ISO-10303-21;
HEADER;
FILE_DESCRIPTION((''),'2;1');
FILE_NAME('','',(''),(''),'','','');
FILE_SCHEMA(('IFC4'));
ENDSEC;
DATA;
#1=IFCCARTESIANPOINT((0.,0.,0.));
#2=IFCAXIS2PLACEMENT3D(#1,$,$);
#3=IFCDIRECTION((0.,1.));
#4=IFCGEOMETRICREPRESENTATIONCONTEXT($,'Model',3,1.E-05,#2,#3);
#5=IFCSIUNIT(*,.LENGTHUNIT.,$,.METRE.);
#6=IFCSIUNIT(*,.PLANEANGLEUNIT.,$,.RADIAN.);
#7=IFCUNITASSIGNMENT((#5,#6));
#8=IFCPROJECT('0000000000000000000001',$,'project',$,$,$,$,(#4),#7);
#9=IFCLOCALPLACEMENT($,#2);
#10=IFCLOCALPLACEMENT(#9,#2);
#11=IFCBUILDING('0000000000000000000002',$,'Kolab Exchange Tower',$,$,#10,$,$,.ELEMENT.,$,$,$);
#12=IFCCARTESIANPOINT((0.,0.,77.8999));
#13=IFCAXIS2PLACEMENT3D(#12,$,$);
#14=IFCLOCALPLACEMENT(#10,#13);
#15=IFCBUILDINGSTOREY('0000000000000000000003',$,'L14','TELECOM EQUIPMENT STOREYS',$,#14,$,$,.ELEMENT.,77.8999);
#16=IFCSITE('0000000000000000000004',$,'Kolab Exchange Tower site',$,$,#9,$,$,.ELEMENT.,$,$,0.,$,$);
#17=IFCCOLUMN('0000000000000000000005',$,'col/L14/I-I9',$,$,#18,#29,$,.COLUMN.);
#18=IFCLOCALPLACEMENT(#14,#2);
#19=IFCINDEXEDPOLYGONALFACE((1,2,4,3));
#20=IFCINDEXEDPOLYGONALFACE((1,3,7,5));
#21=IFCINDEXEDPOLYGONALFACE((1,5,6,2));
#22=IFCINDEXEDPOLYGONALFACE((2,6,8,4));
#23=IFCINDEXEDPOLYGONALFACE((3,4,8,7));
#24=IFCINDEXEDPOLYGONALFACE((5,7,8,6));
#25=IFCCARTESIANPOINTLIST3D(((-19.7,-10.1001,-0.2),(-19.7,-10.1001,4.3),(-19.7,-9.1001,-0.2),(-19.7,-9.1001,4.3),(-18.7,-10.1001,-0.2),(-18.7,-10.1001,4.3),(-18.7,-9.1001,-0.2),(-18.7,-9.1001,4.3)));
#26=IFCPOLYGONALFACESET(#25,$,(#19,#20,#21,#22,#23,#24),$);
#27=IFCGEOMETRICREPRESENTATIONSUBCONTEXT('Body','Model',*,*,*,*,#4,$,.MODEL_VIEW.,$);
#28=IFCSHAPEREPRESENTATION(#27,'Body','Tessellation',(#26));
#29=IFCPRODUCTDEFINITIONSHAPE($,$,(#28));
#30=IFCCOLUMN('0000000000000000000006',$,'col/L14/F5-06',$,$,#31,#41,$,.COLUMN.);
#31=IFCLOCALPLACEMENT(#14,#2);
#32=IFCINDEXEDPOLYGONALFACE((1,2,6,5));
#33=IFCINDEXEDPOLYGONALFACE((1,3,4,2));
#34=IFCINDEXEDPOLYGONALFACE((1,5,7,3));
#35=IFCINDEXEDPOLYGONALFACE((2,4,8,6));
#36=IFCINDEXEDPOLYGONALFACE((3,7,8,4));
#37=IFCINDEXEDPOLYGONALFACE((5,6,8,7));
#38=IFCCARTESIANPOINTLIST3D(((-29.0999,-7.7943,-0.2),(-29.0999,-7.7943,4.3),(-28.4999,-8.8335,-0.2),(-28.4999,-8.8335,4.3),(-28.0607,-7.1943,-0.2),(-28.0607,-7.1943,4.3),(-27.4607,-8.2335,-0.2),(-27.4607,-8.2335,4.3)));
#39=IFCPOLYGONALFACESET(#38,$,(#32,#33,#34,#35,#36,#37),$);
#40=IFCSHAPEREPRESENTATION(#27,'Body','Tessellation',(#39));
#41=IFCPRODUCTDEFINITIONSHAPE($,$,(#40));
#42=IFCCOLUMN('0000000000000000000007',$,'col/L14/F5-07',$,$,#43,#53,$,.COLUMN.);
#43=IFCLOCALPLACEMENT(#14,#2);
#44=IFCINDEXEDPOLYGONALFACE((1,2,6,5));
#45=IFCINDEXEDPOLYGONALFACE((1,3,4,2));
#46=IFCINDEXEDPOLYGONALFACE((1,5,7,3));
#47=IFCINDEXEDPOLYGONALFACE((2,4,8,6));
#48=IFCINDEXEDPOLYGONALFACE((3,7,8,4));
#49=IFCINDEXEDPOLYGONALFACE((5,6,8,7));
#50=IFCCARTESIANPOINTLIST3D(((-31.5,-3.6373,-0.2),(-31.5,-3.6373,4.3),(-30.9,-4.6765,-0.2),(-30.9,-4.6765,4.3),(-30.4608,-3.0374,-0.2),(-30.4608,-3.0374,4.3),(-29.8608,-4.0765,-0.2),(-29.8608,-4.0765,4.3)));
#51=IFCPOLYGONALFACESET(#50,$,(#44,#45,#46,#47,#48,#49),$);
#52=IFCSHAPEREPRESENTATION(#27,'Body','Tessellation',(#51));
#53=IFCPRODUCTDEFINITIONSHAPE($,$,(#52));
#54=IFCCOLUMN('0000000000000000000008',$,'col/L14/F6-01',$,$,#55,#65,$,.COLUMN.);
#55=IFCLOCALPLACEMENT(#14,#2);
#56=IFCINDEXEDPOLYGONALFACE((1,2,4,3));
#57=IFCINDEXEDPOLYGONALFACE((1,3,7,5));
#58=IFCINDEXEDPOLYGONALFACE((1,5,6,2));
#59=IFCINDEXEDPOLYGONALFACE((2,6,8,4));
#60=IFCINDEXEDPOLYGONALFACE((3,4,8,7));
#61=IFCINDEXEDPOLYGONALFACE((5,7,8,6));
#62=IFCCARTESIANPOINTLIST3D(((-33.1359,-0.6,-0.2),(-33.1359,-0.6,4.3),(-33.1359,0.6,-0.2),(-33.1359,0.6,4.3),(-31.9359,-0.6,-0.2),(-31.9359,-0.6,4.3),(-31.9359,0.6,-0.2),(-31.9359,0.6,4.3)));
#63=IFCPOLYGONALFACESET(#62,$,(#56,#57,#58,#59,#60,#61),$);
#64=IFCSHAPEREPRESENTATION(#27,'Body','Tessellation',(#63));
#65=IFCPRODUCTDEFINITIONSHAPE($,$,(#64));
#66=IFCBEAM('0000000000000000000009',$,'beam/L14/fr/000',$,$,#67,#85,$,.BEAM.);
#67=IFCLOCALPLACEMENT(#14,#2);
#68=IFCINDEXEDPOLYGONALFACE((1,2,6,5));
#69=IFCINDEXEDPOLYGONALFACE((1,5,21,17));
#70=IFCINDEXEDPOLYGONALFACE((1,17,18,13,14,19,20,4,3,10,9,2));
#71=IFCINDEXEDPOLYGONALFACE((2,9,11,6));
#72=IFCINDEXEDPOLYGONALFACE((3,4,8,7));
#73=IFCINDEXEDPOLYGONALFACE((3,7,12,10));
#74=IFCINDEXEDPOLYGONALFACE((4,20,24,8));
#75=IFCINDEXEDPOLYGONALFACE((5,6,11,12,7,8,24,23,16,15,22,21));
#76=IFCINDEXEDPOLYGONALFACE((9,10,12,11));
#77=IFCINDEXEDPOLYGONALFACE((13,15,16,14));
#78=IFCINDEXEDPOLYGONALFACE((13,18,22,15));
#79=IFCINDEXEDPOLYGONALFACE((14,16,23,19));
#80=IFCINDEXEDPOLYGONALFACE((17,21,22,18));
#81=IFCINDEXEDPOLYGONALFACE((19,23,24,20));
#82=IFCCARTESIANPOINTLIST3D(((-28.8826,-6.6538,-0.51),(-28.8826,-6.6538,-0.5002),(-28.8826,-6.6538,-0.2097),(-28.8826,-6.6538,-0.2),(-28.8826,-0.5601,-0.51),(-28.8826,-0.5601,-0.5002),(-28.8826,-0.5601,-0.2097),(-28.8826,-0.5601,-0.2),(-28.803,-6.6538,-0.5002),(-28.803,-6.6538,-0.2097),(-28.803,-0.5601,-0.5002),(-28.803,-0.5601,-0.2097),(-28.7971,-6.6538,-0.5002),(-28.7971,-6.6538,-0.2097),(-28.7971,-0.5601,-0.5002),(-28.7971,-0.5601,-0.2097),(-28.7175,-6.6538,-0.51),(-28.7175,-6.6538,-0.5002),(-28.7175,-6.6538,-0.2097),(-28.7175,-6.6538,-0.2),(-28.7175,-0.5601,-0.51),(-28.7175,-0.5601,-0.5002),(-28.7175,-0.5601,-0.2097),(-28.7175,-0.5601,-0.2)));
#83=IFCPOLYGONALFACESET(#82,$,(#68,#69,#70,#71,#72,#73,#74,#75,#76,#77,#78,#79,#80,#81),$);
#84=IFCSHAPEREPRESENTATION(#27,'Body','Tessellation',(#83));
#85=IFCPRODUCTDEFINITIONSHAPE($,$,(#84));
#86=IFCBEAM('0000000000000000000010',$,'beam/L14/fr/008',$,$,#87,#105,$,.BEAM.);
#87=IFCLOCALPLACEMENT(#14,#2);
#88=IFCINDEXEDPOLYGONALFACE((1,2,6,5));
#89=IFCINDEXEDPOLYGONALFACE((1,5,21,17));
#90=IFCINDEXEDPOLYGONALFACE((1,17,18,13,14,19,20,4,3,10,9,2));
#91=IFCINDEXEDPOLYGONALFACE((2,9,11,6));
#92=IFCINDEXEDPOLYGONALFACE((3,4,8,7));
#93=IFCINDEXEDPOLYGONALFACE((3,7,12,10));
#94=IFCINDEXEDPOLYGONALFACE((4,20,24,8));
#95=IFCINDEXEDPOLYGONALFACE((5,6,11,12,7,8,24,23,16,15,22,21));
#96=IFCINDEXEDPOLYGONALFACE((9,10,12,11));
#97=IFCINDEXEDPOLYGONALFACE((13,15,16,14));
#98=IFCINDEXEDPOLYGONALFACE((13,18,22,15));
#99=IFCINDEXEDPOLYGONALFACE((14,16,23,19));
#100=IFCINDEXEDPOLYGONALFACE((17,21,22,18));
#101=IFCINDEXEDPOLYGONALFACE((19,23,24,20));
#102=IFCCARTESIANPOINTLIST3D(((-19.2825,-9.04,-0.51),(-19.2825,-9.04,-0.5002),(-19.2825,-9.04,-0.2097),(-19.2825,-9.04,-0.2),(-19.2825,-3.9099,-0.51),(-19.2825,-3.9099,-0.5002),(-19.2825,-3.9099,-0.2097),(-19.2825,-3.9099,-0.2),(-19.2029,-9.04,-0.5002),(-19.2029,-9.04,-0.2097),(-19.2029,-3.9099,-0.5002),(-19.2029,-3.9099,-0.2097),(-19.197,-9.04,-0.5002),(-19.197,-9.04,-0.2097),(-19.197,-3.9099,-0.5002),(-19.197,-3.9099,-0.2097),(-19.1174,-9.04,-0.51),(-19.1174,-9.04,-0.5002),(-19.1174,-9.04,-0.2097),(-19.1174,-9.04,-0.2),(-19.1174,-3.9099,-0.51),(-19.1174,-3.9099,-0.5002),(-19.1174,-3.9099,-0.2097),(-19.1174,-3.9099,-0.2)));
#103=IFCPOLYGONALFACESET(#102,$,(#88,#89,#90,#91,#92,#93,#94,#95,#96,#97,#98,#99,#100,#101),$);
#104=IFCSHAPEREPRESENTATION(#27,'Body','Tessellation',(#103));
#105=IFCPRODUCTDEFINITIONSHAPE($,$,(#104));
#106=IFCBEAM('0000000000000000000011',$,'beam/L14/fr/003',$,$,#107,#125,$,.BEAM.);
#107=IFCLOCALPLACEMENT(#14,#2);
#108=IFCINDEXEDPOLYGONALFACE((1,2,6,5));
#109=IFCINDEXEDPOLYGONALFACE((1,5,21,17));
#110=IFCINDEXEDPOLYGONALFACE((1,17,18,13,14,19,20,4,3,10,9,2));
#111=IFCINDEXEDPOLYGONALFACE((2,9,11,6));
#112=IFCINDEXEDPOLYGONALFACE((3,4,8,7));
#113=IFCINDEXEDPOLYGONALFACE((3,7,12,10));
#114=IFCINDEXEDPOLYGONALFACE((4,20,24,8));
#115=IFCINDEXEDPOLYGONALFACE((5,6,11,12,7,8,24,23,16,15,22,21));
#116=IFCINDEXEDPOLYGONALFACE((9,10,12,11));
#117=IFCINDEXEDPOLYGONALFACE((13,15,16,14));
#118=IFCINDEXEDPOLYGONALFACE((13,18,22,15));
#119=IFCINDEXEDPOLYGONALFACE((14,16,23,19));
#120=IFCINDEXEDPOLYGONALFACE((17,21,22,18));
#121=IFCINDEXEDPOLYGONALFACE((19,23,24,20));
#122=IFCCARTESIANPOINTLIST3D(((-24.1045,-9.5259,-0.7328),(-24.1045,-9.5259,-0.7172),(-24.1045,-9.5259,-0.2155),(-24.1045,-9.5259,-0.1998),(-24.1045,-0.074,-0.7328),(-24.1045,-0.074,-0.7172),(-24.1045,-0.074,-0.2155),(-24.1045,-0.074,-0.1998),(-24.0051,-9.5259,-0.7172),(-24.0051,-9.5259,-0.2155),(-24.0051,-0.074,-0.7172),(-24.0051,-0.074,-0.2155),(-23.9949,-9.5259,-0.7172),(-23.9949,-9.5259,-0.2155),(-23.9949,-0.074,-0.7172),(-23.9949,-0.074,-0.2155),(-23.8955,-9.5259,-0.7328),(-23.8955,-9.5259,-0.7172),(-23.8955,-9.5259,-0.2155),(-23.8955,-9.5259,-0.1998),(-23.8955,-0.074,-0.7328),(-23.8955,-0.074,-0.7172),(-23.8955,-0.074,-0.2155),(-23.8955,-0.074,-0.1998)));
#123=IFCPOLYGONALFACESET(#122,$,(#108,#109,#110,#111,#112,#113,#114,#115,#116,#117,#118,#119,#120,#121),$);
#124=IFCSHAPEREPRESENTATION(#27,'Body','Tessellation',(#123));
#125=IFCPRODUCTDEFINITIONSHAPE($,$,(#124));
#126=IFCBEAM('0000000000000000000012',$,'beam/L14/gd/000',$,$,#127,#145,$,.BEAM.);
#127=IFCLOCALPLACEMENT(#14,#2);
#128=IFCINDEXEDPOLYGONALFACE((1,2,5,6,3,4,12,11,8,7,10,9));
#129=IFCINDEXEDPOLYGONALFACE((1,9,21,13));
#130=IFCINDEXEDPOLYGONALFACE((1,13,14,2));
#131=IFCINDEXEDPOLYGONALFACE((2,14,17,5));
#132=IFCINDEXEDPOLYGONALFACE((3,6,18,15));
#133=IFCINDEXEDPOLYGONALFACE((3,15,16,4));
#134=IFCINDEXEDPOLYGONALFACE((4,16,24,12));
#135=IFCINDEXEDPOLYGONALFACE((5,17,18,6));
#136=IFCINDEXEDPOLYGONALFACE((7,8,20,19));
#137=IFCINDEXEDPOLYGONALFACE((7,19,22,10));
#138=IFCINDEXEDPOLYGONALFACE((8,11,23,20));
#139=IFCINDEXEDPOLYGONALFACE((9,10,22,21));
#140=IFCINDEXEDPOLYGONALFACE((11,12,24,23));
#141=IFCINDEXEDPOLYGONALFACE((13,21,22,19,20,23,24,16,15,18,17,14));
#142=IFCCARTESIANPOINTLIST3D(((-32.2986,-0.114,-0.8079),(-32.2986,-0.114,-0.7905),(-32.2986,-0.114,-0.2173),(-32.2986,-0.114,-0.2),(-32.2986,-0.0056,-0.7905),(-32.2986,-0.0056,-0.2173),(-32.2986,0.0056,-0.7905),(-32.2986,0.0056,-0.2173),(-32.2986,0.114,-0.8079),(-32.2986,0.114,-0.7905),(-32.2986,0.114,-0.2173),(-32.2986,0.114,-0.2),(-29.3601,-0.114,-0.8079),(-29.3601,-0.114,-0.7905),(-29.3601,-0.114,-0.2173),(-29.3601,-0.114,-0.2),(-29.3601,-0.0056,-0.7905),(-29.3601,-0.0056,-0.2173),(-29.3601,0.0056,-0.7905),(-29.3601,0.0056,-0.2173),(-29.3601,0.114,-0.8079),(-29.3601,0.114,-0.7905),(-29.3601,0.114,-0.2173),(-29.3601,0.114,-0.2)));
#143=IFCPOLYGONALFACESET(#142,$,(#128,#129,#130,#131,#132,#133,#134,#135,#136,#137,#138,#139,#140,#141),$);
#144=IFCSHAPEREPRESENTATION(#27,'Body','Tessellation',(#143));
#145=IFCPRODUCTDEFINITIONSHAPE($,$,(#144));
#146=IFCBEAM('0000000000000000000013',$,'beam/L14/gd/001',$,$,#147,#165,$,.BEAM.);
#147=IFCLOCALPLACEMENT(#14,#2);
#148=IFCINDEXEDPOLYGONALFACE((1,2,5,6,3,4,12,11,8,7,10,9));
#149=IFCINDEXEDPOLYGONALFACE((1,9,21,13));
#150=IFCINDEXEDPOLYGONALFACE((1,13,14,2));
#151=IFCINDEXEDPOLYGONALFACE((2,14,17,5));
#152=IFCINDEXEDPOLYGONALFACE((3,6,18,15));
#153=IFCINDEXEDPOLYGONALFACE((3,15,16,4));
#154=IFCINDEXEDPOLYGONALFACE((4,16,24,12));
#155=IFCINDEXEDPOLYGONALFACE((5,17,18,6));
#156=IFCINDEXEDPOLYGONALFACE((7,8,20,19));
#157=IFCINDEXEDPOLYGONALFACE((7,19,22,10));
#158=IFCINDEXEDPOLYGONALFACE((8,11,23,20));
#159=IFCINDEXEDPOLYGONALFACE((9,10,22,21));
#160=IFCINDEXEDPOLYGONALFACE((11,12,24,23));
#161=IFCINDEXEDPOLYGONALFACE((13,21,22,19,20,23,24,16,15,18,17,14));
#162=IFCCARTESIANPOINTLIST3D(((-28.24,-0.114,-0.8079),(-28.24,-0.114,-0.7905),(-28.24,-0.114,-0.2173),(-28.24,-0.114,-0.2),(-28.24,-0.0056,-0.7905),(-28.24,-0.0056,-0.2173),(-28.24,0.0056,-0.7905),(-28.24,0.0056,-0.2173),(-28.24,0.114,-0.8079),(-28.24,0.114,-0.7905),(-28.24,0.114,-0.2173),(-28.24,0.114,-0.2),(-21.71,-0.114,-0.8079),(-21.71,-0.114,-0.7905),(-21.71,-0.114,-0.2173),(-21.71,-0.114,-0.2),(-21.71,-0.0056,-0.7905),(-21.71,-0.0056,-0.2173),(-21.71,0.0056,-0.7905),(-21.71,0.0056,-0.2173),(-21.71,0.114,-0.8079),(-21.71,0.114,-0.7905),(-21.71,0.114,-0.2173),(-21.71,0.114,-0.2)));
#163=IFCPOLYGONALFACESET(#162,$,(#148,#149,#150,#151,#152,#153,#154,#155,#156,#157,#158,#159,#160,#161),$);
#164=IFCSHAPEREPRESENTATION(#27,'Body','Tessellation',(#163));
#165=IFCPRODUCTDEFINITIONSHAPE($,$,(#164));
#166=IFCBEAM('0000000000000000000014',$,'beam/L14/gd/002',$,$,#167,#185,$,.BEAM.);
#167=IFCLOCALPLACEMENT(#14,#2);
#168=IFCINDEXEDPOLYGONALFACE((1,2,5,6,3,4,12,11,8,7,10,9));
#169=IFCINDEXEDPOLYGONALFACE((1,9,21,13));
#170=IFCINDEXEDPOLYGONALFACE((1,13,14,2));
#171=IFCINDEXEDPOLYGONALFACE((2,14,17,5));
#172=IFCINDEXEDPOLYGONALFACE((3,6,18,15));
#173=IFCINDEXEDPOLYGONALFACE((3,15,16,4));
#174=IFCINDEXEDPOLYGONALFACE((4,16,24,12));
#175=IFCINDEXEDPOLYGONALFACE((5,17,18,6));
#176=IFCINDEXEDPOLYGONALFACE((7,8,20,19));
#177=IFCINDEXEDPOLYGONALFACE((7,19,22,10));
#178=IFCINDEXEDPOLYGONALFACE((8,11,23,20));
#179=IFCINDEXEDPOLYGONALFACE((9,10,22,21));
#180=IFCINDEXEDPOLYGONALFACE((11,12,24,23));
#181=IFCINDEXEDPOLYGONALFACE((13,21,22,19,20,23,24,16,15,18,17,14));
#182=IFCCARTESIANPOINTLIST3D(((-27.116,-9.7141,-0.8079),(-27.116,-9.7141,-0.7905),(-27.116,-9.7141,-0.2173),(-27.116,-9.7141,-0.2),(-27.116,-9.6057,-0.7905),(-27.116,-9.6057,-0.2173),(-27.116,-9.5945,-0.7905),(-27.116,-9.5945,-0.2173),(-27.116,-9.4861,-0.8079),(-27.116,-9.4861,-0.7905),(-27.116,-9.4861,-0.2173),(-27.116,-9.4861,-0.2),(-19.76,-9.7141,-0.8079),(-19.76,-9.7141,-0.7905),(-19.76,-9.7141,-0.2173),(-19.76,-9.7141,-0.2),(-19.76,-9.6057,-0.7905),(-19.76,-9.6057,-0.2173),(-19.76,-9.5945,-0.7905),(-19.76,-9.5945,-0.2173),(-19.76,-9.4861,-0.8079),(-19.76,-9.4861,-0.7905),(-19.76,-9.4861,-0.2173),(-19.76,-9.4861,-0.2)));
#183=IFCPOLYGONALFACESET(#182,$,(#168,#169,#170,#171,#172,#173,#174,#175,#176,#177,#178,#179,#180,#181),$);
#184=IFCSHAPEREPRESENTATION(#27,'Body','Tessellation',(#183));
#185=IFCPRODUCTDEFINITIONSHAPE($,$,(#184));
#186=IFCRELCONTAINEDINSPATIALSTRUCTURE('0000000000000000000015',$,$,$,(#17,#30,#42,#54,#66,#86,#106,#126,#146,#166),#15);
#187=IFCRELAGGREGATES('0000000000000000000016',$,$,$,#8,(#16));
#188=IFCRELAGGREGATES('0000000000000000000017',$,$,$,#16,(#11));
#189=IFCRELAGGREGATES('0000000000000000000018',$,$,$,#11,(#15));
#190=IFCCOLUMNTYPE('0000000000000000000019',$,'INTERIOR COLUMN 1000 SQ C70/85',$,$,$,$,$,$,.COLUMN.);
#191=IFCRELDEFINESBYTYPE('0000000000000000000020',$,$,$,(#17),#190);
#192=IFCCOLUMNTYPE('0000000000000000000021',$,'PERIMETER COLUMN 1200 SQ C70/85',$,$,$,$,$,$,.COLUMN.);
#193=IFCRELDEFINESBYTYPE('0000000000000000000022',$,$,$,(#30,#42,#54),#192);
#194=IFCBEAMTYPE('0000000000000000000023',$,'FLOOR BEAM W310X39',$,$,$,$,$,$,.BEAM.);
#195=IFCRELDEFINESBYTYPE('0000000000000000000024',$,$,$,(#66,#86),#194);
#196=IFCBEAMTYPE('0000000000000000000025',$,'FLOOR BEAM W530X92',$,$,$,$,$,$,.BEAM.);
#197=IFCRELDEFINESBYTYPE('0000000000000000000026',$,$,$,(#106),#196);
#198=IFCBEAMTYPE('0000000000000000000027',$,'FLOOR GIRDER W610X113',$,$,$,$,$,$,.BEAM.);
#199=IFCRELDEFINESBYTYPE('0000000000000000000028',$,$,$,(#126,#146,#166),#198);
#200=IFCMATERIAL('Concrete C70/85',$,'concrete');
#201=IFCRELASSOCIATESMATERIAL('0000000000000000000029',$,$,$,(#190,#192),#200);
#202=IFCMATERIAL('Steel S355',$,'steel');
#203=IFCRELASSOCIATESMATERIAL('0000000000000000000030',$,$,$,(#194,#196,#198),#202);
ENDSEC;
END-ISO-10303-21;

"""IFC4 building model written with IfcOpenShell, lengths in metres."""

from ifc_helpers import new_model, si_unit, direction, frame, origin, origin_2d, place, context, subcontext, project, spatial, rectangle, i_section, extrude, material, material_profile, profile_set, type_object, element, save


model = new_model("IFC4")

# Units and contexts
model_context = context("Model", 3, precision=1e-05, world=origin(), true_north=direction((0.0, 1.0)))
body_context = subcontext(model_context, "Body", "Model", "MODEL_VIEW")
ifc_project = project(units=[si_unit("LENGTHUNIT", "METRE"), si_unit("PLANEANGLEUNIT", "RADIAN")], contexts=[model_context])

# Site, building, storey
site_placement = place(None, origin())
site = spatial("IfcSite", under=ifc_project, at=site_placement, Name="Kolab Exchange Tower site", CompositionType="ELEMENT", RefElevation=0.0)
building_placement = place(site_placement, origin())
building = spatial("IfcBuilding", under=site, at=building_placement, Name="Kolab Exchange Tower", CompositionType="ELEMENT")
storey_placement = place(building_placement, frame((0.0, 0.0, 77.8999)))
storey = spatial("IfcBuildingStorey", under=building, at=storey_placement, Name="L14", Description="TELECOM EQUIPMENT STOREYS", CompositionType="ELEMENT", Elevation=77.8999)

# Columns
ifc_material_1 = material(Name="Concrete C70/85", Category="concrete")
ifc_material_profile_1 = material_profile(ifc_material_1, rectangle(XDim=1.0, YDim=1.0, at=origin_2d()), Name="RC1000")
ifc_profile_set_1 = profile_set([ifc_material_profile_1], Name="Concrete C70/85")
column_type_1 = type_object("IfcColumnType", Name="INTERIOR COLUMN 1000 SQ C70/85", PredefinedType="COLUMN", material=ifc_profile_set_1)
column_placement = place(storey_placement, frame((-19.2, -9.6001, -0.2), z_axis=(0.0, 0.0, 1.0), x_axis=(1.0, 0.0, 0.0)))
element("IfcColumn", 1, at=column_placement, inside=storey, type_object=column_type_1, Name="col/L14/I-I9", PredefinedType="COLUMN", context=body_context, shape_type="SweptSolid", body=[
    extrude(rectangle(XDim=1.0, YDim=1.0, at=origin_2d()), origin(), (0.0, 0.0, 1.0), 4.5),
])
ifc_material_profile_2 = material_profile(ifc_material_1, rectangle(XDim=1.2, YDim=1.2, at=origin_2d()), Name="RC1200")
ifc_profile_set_2 = profile_set([ifc_material_profile_2], Name="Concrete C70/85")
column_type_2 = type_object("IfcColumnType", Name="PERIMETER COLUMN 1200 SQ C70/85", PredefinedType="COLUMN", material=ifc_profile_set_2)
for number, where, z_axis, x_axis, name in (
    (2, (-28.2803, -8.0139, -0.2), (0.0, 0.0, 1.0), (0.866025, 0.5, 0.0), "col/L14/F5-06"),
    (3, (-30.6804, -3.8569, -0.2), (0.0, 0.0, 1.0), (0.866025, 0.5, 0.0), "col/L14/F5-07"),
    (4, (-32.5359, 0.0, -0.2), (0.0, 0.0, 1.0), (1.0, 0.0, 0.0), "col/L14/F6-01"),
):
    element("IfcColumn", number, at=place(storey_placement, frame(where, z_axis=z_axis, x_axis=x_axis)), inside=storey, type_object=column_type_2, Name=name, PredefinedType="COLUMN", context=body_context, shape_type="SweptSolid", body=[
        extrude(rectangle(XDim=1.2, YDim=1.2, at=origin_2d()), origin(), (0.0, 0.0, 1.0), 4.5),
    ])

# Beams
ifc_material_2 = material(Name="Steel S355", Category="steel")
ifc_material_profile_3 = material_profile(ifc_material_2, i_section(OverallWidth=0.165, OverallDepth=0.3101, WebThickness=0.0059, FlangeThickness=0.0098, at=origin_2d()), Name="W310X39")
ifc_profile_set_3 = profile_set([ifc_material_profile_3], Name="Steel S355")
beam_type_1 = type_object("IfcBeamType", Name="FLOOR BEAM W310X39", PredefinedType="BEAM", material=ifc_profile_set_3)
beam_1_placement = place(storey_placement, frame((-28.8, -6.6538, -0.355), z_axis=(0.0, 1.0, 0.0), x_axis=(-1.0, 0.0, 0.0)))
element("IfcBeam", 5, at=beam_1_placement, inside=storey, type_object=beam_type_1, Name="beam/L14/fr/000", PredefinedType="BEAM", context=body_context, shape_type="SweptSolid", body=[
    extrude(i_section(OverallWidth=0.165, OverallDepth=0.3101, WebThickness=0.0059, FlangeThickness=0.0098, at=origin_2d()), origin(), (0.0, 0.0, 1.0), 6.0938),
])
beam_2_placement = place(storey_placement, frame((-19.2, -9.04, -0.355), z_axis=(0.0, 1.0, 0.0), x_axis=(-1.0, 0.0, 0.0)))
element("IfcBeam", 6, at=beam_2_placement, inside=storey, type_object=beam_type_1, Name="beam/L14/fr/008", PredefinedType="BEAM", context=body_context, shape_type="SweptSolid", body=[
    extrude(i_section(OverallWidth=0.165, OverallDepth=0.3101, WebThickness=0.0059, FlangeThickness=0.0098, at=origin_2d()), origin(), (0.0, 0.0, 1.0), 5.1301),
])
ifc_material_profile_4 = material_profile(ifc_material_2, i_section(OverallWidth=0.209, OverallDepth=0.533, WebThickness=0.0103, FlangeThickness=0.0156, at=origin_2d()), Name="W530X92")
ifc_profile_set_4 = profile_set([ifc_material_profile_4], Name="Steel S355")
beam_type_2 = type_object("IfcBeamType", Name="FLOOR BEAM W530X92", PredefinedType="BEAM", material=ifc_profile_set_4)
beam_3_placement = place(storey_placement, frame((-24.0, -9.5259, -0.4663), z_axis=(0.0, 1.0, 0.0), x_axis=(-1.0, 0.0, 0.0)))
element("IfcBeam", 7, at=beam_3_placement, inside=storey, type_object=beam_type_2, Name="beam/L14/fr/003", PredefinedType="BEAM", context=body_context, shape_type="SweptSolid", body=[
    extrude(i_section(OverallWidth=0.209, OverallDepth=0.533, WebThickness=0.0103, FlangeThickness=0.0156, at=origin_2d()), origin(), (0.0, 0.0, 1.0), 9.4519),
])
ifc_material_profile_5 = material_profile(ifc_material_2, i_section(OverallWidth=0.228, OverallDepth=0.6079, WebThickness=0.0112, FlangeThickness=0.0173, at=origin_2d()), Name="W610X113")
ifc_profile_set_5 = profile_set([ifc_material_profile_5], Name="Steel S355")
beam_type_3 = type_object("IfcBeamType", Name="FLOOR GIRDER W610X113", PredefinedType="BEAM", material=ifc_profile_set_5)
beam_4_placement = place(storey_placement, frame((-32.2986, 0.0, -0.5039), z_axis=(1.0, 0.0, 0.0), x_axis=(0.0, 1.0, 0.0)))
element("IfcBeam", 8, at=beam_4_placement, inside=storey, type_object=beam_type_3, Name="beam/L14/gd/000", PredefinedType="BEAM", context=body_context, shape_type="SweptSolid", body=[
    extrude(i_section(OverallWidth=0.228, OverallDepth=0.6079, WebThickness=0.0112, FlangeThickness=0.0173, at=origin_2d()), origin(), (0.0, 0.0, 1.0), 2.9385),
])
beam_5_placement = place(storey_placement, frame((-28.24, 0.0, -0.5039), z_axis=(1.0, 0.0, 0.0), x_axis=(0.0, 1.0, 0.0)))
element("IfcBeam", 9, at=beam_5_placement, inside=storey, type_object=beam_type_3, Name="beam/L14/gd/001", PredefinedType="BEAM", context=body_context, shape_type="SweptSolid", body=[
    extrude(i_section(OverallWidth=0.228, OverallDepth=0.6079, WebThickness=0.0112, FlangeThickness=0.0173, at=origin_2d()), origin(), (0.0, 0.0, 1.0), 6.53),
])
beam_6_placement = place(storey_placement, frame((-27.116, -9.6001, -0.5039), z_axis=(1.0, 0.0, 0.0), x_axis=(0.0, 1.0, 0.0)))
element("IfcBeam", 10, at=beam_6_placement, inside=storey, type_object=beam_type_3, Name="beam/L14/gd/002", PredefinedType="BEAM", context=body_context, shape_type="SweptSolid", body=[
    extrude(i_section(OverallWidth=0.228, OverallDepth=0.6079, WebThickness=0.0112, FlangeThickness=0.0173, at=origin_2d()), origin(), (0.0, 0.0, 1.0), 7.356),
])

save(model, "model.ifc")
